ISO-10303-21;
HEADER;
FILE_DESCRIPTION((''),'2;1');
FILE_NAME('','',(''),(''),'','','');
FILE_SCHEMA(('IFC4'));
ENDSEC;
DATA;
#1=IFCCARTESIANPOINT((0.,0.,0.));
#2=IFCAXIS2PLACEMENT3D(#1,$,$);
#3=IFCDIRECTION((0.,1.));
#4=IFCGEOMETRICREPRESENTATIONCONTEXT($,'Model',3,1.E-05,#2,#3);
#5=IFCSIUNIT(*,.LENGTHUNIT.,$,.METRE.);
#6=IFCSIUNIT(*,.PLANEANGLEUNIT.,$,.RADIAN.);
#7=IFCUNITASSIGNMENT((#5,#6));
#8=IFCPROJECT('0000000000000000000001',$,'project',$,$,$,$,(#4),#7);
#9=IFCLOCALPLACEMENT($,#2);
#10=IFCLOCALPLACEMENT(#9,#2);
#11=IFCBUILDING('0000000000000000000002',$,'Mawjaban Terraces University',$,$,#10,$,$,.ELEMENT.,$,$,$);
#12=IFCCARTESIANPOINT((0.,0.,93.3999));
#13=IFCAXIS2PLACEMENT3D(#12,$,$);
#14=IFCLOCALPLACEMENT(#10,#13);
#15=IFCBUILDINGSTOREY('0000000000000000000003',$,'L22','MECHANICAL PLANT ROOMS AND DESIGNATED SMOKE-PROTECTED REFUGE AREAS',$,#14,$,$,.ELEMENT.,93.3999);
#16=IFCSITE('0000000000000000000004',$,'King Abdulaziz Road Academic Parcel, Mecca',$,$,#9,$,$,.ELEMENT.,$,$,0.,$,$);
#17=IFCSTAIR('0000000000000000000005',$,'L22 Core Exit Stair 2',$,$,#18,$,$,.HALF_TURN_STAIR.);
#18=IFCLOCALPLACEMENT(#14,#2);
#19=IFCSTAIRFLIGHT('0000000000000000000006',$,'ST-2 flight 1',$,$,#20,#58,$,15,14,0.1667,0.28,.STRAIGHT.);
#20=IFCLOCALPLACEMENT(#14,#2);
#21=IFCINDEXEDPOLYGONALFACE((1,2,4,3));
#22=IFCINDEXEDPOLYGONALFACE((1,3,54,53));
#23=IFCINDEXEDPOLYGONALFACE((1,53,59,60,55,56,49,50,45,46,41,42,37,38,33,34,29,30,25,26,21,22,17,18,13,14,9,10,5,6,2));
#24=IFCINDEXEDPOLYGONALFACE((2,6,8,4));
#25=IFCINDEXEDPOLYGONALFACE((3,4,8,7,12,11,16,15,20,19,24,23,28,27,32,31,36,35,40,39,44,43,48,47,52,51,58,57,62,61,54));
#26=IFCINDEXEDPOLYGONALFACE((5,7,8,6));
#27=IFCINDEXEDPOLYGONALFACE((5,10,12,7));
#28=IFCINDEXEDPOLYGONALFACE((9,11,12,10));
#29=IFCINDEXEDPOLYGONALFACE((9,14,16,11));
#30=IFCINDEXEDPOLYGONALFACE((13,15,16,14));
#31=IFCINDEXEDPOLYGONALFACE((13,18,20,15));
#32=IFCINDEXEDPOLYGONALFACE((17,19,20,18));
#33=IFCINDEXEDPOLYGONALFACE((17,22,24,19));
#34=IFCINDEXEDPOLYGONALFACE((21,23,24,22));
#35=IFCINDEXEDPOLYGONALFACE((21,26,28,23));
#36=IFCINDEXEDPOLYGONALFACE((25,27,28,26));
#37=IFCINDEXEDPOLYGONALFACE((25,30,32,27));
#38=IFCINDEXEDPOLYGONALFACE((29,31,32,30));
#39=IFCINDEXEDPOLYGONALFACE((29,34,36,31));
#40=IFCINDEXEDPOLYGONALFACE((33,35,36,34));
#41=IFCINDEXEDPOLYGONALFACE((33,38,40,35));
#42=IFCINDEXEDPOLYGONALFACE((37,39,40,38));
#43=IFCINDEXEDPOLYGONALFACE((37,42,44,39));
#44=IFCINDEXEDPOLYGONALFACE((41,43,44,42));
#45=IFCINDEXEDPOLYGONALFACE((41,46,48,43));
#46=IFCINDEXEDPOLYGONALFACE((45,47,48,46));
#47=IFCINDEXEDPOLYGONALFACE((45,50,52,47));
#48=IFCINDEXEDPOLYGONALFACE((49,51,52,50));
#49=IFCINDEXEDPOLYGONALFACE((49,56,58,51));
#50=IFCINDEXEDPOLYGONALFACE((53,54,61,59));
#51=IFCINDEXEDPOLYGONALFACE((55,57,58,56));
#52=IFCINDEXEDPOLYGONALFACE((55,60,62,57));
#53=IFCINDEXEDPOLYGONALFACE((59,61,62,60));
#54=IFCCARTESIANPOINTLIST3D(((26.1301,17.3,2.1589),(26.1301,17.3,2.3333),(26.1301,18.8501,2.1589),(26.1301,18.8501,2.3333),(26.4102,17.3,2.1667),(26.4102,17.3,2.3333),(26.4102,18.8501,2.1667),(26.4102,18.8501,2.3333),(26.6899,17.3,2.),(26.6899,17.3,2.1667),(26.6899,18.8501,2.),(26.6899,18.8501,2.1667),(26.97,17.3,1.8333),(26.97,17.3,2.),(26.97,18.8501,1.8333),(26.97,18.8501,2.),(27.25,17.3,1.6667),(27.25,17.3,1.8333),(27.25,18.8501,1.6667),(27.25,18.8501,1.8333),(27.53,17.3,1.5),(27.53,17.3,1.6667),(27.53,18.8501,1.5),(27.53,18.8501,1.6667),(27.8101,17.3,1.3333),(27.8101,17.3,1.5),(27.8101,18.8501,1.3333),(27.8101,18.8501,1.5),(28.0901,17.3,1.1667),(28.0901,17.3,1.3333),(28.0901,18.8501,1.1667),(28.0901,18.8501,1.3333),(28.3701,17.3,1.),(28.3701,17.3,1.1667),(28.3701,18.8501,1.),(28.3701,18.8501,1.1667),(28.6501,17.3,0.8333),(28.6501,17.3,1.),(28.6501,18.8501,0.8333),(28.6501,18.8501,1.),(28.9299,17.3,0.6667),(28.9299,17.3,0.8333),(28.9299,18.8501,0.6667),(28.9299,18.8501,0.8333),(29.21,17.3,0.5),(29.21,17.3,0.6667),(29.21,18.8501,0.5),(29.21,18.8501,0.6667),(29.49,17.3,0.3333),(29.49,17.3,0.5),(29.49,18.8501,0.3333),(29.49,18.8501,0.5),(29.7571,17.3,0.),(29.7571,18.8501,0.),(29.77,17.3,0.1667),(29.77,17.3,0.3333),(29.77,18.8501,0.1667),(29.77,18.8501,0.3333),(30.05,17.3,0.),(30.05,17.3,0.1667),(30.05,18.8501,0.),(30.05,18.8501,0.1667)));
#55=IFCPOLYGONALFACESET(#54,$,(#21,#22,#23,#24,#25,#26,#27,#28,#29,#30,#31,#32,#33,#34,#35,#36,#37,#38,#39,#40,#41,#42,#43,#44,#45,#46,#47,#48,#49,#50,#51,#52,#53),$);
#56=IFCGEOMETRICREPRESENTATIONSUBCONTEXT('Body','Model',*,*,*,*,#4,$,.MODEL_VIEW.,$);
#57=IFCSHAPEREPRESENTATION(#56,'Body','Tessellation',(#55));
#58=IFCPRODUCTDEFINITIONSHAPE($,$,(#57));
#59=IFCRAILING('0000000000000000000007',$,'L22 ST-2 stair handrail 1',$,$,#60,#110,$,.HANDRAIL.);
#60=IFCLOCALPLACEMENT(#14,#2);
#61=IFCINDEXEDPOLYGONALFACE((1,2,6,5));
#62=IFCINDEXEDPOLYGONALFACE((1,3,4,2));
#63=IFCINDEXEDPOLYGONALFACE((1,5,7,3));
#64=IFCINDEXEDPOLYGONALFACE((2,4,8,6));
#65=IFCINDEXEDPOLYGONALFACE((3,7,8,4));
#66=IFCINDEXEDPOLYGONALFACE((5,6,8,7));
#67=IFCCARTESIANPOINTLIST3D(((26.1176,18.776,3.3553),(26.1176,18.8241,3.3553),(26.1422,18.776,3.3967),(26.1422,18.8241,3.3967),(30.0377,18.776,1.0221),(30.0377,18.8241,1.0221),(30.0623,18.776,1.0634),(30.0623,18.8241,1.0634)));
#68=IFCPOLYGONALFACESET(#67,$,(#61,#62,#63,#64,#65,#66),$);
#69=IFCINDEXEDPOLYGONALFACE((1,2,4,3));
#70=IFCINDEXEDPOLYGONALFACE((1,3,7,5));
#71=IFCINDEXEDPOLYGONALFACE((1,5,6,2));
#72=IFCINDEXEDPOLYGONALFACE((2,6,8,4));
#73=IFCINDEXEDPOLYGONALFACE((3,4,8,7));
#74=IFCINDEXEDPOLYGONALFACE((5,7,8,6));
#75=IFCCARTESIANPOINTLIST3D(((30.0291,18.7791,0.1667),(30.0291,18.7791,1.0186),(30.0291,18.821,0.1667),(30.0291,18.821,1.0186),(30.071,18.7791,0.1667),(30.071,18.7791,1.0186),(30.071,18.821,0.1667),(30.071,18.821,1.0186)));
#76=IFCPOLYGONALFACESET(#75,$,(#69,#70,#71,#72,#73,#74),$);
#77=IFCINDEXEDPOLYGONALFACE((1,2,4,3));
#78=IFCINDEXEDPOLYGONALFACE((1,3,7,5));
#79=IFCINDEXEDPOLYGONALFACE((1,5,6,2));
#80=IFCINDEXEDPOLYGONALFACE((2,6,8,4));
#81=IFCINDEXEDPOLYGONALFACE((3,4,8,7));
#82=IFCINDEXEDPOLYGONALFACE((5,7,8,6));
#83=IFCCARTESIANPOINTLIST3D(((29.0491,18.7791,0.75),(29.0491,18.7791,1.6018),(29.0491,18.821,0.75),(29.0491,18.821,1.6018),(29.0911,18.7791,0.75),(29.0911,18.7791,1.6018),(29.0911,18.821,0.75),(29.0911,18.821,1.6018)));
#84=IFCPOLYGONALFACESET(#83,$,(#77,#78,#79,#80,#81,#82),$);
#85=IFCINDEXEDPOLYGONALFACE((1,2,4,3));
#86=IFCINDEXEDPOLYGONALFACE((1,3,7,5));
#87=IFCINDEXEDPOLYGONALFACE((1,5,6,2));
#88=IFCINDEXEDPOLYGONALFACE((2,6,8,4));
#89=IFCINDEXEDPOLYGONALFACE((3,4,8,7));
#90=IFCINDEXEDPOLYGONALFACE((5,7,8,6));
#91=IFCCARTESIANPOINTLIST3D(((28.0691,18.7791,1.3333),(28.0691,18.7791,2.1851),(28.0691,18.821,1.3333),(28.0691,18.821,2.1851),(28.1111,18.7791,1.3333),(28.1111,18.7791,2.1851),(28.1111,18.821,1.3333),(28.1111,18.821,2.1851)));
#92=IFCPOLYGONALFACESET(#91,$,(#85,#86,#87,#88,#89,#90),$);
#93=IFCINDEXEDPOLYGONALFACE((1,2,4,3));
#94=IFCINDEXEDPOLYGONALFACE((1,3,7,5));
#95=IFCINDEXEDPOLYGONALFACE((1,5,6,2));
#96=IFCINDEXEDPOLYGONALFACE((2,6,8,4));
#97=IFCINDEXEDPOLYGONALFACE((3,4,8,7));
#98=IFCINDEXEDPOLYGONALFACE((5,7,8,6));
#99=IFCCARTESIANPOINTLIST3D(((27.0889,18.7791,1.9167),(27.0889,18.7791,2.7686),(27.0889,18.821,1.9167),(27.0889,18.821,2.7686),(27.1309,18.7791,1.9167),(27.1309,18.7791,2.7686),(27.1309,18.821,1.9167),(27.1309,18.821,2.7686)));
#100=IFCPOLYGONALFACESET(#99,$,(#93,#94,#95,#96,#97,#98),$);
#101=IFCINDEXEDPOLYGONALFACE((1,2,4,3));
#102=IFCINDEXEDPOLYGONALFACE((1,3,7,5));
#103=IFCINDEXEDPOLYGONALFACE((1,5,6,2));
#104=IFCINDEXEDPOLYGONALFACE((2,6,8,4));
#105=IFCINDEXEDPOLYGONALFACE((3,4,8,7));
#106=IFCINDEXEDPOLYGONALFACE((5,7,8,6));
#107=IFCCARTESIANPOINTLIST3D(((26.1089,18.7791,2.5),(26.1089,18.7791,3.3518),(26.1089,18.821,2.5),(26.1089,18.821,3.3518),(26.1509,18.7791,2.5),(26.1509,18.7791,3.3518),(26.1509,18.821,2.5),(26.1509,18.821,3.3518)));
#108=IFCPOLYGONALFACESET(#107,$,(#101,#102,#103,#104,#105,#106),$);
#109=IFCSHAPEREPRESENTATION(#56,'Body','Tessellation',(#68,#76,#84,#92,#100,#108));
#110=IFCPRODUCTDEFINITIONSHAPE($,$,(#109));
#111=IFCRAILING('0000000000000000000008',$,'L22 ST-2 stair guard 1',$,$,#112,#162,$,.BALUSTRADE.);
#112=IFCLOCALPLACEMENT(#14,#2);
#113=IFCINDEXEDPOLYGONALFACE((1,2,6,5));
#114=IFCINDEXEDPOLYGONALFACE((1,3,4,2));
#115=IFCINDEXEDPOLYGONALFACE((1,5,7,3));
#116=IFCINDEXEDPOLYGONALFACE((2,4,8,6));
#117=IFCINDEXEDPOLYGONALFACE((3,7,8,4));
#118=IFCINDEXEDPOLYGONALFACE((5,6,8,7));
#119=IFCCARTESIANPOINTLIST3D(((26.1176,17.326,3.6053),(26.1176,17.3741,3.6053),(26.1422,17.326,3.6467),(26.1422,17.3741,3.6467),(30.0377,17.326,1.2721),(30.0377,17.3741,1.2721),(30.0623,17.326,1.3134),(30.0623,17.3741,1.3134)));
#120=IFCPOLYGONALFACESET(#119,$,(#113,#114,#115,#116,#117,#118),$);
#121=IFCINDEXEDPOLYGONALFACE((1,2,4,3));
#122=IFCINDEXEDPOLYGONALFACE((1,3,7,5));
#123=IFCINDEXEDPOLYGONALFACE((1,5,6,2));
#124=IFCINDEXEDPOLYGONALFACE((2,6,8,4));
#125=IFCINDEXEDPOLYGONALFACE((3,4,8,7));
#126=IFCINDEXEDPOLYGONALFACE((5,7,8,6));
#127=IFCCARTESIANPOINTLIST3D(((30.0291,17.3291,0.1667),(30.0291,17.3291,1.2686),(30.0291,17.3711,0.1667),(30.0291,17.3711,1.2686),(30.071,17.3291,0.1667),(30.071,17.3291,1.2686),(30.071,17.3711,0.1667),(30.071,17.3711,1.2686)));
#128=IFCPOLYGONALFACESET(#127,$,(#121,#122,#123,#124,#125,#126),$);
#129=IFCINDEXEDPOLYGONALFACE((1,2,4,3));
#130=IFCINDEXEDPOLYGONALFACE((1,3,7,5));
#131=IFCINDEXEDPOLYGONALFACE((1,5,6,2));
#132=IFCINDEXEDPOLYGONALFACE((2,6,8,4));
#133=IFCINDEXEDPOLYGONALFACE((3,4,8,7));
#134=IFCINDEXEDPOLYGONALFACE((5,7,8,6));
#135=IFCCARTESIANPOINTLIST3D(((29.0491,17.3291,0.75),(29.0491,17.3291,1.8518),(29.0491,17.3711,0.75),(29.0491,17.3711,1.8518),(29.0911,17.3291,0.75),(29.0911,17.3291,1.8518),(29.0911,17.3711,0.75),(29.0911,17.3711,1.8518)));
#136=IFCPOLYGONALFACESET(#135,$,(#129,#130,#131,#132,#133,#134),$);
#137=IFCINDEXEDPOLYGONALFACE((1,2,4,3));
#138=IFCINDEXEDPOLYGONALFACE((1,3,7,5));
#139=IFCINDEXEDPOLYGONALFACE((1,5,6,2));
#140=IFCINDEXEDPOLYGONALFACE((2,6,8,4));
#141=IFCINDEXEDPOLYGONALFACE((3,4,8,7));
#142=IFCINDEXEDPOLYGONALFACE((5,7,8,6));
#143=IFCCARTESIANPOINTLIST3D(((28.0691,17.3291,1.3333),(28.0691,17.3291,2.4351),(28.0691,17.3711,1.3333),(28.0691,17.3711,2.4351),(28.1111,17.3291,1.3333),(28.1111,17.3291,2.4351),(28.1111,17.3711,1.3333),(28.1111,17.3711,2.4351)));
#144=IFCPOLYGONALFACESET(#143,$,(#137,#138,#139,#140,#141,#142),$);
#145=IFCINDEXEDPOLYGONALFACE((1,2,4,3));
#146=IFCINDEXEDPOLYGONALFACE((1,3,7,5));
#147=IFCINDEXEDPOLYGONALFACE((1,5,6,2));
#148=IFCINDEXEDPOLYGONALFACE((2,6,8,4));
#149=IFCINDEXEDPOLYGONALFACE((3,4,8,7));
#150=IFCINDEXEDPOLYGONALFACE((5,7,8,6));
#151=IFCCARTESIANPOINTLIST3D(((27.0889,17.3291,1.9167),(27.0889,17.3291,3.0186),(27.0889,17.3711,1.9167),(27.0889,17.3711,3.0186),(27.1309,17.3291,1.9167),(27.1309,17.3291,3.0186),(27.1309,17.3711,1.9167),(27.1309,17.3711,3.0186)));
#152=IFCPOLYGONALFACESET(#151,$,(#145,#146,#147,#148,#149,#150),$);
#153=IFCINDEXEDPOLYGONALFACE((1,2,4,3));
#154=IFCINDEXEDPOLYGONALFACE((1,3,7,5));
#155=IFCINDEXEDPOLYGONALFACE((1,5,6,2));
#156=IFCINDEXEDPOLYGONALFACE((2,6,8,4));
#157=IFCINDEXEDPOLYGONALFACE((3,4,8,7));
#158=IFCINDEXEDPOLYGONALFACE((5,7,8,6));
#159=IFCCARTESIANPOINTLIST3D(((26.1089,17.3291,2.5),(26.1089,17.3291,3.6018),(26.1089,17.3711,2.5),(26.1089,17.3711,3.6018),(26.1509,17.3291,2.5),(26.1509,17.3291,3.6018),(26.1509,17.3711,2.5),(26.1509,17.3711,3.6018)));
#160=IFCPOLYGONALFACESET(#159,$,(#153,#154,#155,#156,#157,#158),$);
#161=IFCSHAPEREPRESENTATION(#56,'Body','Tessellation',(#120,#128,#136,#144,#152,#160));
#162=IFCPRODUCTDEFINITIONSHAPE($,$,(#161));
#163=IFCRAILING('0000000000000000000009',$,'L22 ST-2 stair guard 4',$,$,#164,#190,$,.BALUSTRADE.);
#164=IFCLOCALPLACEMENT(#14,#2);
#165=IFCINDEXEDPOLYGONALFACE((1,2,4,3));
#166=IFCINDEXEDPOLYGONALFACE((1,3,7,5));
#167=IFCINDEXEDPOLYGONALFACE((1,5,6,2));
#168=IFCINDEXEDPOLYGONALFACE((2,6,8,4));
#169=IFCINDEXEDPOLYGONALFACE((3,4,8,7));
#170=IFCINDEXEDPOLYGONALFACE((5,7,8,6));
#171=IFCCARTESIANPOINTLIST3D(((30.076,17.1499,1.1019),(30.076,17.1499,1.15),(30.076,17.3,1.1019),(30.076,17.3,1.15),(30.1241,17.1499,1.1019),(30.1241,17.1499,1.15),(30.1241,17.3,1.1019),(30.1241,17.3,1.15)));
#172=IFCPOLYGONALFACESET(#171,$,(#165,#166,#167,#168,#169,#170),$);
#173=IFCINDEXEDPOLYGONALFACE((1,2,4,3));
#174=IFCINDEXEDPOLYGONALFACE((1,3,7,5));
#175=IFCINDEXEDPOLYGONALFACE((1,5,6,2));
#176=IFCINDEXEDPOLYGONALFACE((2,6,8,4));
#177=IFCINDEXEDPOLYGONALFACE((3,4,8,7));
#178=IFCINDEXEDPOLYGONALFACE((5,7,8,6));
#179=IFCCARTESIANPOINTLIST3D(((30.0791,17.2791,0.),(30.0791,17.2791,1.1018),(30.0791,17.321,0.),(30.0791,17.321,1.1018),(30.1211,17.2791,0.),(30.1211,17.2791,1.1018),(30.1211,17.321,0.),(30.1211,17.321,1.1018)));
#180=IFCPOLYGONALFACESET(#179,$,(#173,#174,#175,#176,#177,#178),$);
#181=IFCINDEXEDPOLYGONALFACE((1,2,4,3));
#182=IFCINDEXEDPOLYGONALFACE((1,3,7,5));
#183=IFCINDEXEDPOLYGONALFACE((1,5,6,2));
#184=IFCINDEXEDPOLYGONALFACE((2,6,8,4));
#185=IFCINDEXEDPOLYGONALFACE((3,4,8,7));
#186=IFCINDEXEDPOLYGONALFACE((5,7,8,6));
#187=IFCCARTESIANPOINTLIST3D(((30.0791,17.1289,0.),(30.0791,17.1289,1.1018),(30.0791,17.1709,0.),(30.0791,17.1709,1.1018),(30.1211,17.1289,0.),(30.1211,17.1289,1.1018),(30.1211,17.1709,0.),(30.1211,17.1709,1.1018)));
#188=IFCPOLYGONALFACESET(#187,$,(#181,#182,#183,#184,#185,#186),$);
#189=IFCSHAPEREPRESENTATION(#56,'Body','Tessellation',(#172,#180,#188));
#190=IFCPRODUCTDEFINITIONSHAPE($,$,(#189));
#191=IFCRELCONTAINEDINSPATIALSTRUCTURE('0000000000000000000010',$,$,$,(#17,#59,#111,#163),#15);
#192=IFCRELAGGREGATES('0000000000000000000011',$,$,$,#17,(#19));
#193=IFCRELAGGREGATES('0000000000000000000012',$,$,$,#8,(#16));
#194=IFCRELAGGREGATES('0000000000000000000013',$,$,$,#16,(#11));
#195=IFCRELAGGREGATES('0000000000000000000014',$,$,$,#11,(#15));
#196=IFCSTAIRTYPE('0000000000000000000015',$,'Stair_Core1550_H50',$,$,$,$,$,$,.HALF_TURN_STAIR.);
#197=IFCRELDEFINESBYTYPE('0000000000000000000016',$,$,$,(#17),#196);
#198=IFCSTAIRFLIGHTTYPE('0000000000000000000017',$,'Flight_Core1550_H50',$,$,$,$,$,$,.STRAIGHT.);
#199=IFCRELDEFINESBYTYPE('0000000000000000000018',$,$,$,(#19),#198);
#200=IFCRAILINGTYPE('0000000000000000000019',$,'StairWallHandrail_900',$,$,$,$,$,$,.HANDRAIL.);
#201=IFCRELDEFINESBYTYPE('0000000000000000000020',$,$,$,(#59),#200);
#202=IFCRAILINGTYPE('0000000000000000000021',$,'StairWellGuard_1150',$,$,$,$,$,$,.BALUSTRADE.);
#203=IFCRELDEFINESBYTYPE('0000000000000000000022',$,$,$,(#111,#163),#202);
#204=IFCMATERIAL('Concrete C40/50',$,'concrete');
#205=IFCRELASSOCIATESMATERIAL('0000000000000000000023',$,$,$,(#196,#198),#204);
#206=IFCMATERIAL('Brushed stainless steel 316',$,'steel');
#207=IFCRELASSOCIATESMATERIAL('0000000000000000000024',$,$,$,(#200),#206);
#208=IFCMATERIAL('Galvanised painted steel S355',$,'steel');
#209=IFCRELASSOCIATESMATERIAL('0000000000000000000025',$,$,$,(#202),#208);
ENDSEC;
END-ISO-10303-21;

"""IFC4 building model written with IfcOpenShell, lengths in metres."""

from ifc_helpers import new_model, si_unit, direction, frame, origin, origin_2d, place, context, subcontext, project, spatial, polyline, rectangle, outline, extrude, material, type_object, element, aggregate, save


model = new_model("IFC4")

# Units and contexts
model_context = context("Model", 3, precision=1e-05, world=origin(), true_north=direction((0.0, 1.0)))
body_context = subcontext(model_context, "Body", "Model", "MODEL_VIEW")
ifc_project = project(units=[si_unit("LENGTHUNIT", "METRE"), si_unit("PLANEANGLEUNIT", "RADIAN")], contexts=[model_context])

# Site, building, storey
site_placement = place(None, origin())
site = spatial("IfcSite", under=ifc_project, at=site_placement, Name="King Abdulaziz Road Academic Parcel, Mecca", CompositionType="ELEMENT", RefElevation=0.0)
building_placement = place(site_placement, origin())
building = spatial("IfcBuilding", under=site, at=building_placement, Name="Mawjaban Terraces University", CompositionType="ELEMENT")
storey_placement = place(building_placement, frame((0.0, 0.0, 93.3999)))
storey = spatial("IfcBuildingStorey", under=building, at=storey_placement, Name="L22", Description="MECHANICAL PLANT ROOMS AND DESIGNATED SMOKE-PROTECTED REFUGE AREAS", CompositionType="ELEMENT", Elevation=93.3999)

# Shared definitions
ifc_material_1 = material(Name="Concrete C40/50", Category="concrete")

# Stair, stair flight
stair_type = type_object("IfcStairType", Name="Stair_Core1550_H50", PredefinedType="HALF_TURN_STAIR", material=ifc_material_1)
stair_placement = place(storey_placement, origin())
stair = element("IfcStair", 1, at=stair_placement, inside=storey, type_object=stair_type, Name="L22 Core Exit Stair 2", PredefinedType="HALF_TURN_STAIR")
stair_flight_type = type_object("IfcStairFlightType", Name="Flight_Core1550_H50", PredefinedType="STRAIGHT", material=ifc_material_1)
stair_flight_placement = place(storey_placement, frame((30.05, 18.075, 0.0), z_axis=(0.0, 0.0, 1.0), x_axis=(-1.0, 0.0, 0.0)))
stair_flight = element("IfcStairFlight", 2, at=stair_flight_placement, type_object=stair_flight_type, Name="ST-2 flight 1", NumberOfRisers=15, NumberOfTreads=14, PredefinedType="STRAIGHT", RiserHeight=0.1667, TreadLength=0.28, context=body_context, shape_type="SweptSolid", body=[
    extrude(outline(polyline([(0.0, 0.0), (0.0, 0.1667), (0.28, 0.1667), (0.28, 0.3333), (0.5601, 0.3333), (0.5601, 0.5), (0.8401, 0.5), (0.8401, 0.6667), (1.1201, 0.6667), (1.1201, 0.8333), (1.3999, 0.8333), (1.3999, 1.0), (1.6799, 1.0), (1.6799, 1.1667), (1.96, 1.1667), (1.96, 1.3333), (2.24, 1.3333), (2.24, 1.5), (2.52, 1.5), (2.52, 1.6667), (2.8, 1.6667), (2.8, 1.8333), (3.0801, 1.8333), (3.0801, 2.0), (3.3601, 2.0), (3.3601, 2.1667), (3.6399, 2.1667), (3.6399, 2.3333), (3.9199, 2.3333), (3.9199, 2.5), (3.9199, 2.1589), (0.293, 0.0), (0.0, 0.0)])), frame((0.0, 0.7749, 0.0), z_axis=(0.0, -1.0, 0.0), x_axis=(1.0, 0.0, 0.0)), (0.0, 0.0, 1.0), 1.55),
])
aggregate(stair, [stair_flight])

# Railings
ifc_material_2 = material(Name="Brushed stainless steel 316", Category="steel")
railing_type_1 = type_object("IfcRailingType", Name="StairWallHandrail_900", PredefinedType="HANDRAIL", material=ifc_material_2)
railing_1_placement = place(storey_placement, frame((30.05, 18.8, 0.1667)))
element("IfcRailing", 3, at=railing_1_placement, inside=storey, type_object=railing_type_1, Name="L22 ST-2 stair handrail 1", PredefinedType="HANDRAIL", context=body_context, shape_type="SweptSolid", body=[
    extrude(rectangle(XDim=0.0481, YDim=0.0481, at=origin_2d()), frame((0.0, 0.0, 0.876), z_axis=(-0.85931, 0.0, 0.511455), x_axis=(0.0, -1.0, 0.0)), (0.0, 0.0, 1.0), 4.562),
    extrude(rectangle(XDim=0.042, YDim=0.042, at=origin_2d()), origin(), (0.0, 0.0, 1.0), 0.8518),
    extrude(rectangle(XDim=0.042, YDim=0.042, at=origin_2d()), frame((-0.98, 0.0, 0.5833)), (0.0, 0.0, 1.0), 0.8518),
    extrude(rectangle(XDim=0.042, YDim=0.042, at=origin_2d()), frame((-1.96, 0.0, 1.1665)), (0.0, 0.0, 1.0), 0.8518),
    extrude(rectangle(XDim=0.042, YDim=0.042, at=origin_2d()), frame((-2.9402, 0.0, 1.75)), (0.0, 0.0, 1.0), 0.8518),
    extrude(rectangle(XDim=0.042, YDim=0.042, at=origin_2d()), frame((-3.9202, 0.0, 2.3333)), (0.0, 0.0, 1.0), 0.8518),
])
ifc_material_3 = material(Name="Galvanised painted steel S355", Category="steel")
railing_type_2 = type_object("IfcRailingType", Name="StairWellGuard_1150", PredefinedType="BALUSTRADE", material=ifc_material_3)
railing_2_placement = place(storey_placement, frame((30.05, 17.3501, 0.1667)))
element("IfcRailing", 4, at=railing_2_placement, inside=storey, type_object=railing_type_2, Name="L22 ST-2 stair guard 1", PredefinedType="BALUSTRADE", context=body_context, shape_type="SweptSolid", body=[
    extrude(rectangle(XDim=0.0481, YDim=0.0481, at=origin_2d()), frame((0.0, 0.0, 1.126), z_axis=(-0.85931, 0.0, 0.511455), x_axis=(0.0, -1.0, 0.0)), (0.0, 0.0, 1.0), 4.562),
    extrude(rectangle(XDim=0.042, YDim=0.042, at=origin_2d()), origin(), (0.0, 0.0, 1.0), 1.1018),
    extrude(rectangle(XDim=0.042, YDim=0.042, at=origin_2d()), frame((-0.98, 0.0, 0.5833)), (0.0, 0.0, 1.0), 1.1018),
    extrude(rectangle(XDim=0.042, YDim=0.042, at=origin_2d()), frame((-1.96, 0.0, 1.1665)), (0.0, 0.0, 1.0), 1.1018),
    extrude(rectangle(XDim=0.042, YDim=0.042, at=origin_2d()), frame((-2.9402, 0.0, 1.75)), (0.0, 0.0, 1.0), 1.1018),
    extrude(rectangle(XDim=0.042, YDim=0.042, at=origin_2d()), frame((-3.9202, 0.0, 2.3333)), (0.0, 0.0, 1.0), 1.1018),
])
railing_3_placement = place(storey_placement, frame((30.1001, 17.3, 0.0)))
element("IfcRailing", 5, at=railing_3_placement, inside=storey, type_object=railing_type_2, Name="L22 ST-2 stair guard 4", PredefinedType="BALUSTRADE", context=body_context, shape_type="SweptSolid", body=[
    extrude(rectangle(XDim=0.0481, YDim=0.0481, at=origin_2d()), frame((0.0, 0.0, 1.126), z_axis=(0.0, -1.0, 0.0), x_axis=(1.0, 0.0, 0.0)), (0.0, 0.0, 1.0), 0.1501),
    extrude(rectangle(XDim=0.042, YDim=0.042, at=origin_2d()), origin(), (0.0, 0.0, 1.0), 1.1018),
    extrude(rectangle(XDim=0.042, YDim=0.042, at=origin_2d()), frame((0.0, -0.1501, 0.0)), (0.0, 0.0, 1.0), 1.1018),
])

save(model, "model.ifc")
